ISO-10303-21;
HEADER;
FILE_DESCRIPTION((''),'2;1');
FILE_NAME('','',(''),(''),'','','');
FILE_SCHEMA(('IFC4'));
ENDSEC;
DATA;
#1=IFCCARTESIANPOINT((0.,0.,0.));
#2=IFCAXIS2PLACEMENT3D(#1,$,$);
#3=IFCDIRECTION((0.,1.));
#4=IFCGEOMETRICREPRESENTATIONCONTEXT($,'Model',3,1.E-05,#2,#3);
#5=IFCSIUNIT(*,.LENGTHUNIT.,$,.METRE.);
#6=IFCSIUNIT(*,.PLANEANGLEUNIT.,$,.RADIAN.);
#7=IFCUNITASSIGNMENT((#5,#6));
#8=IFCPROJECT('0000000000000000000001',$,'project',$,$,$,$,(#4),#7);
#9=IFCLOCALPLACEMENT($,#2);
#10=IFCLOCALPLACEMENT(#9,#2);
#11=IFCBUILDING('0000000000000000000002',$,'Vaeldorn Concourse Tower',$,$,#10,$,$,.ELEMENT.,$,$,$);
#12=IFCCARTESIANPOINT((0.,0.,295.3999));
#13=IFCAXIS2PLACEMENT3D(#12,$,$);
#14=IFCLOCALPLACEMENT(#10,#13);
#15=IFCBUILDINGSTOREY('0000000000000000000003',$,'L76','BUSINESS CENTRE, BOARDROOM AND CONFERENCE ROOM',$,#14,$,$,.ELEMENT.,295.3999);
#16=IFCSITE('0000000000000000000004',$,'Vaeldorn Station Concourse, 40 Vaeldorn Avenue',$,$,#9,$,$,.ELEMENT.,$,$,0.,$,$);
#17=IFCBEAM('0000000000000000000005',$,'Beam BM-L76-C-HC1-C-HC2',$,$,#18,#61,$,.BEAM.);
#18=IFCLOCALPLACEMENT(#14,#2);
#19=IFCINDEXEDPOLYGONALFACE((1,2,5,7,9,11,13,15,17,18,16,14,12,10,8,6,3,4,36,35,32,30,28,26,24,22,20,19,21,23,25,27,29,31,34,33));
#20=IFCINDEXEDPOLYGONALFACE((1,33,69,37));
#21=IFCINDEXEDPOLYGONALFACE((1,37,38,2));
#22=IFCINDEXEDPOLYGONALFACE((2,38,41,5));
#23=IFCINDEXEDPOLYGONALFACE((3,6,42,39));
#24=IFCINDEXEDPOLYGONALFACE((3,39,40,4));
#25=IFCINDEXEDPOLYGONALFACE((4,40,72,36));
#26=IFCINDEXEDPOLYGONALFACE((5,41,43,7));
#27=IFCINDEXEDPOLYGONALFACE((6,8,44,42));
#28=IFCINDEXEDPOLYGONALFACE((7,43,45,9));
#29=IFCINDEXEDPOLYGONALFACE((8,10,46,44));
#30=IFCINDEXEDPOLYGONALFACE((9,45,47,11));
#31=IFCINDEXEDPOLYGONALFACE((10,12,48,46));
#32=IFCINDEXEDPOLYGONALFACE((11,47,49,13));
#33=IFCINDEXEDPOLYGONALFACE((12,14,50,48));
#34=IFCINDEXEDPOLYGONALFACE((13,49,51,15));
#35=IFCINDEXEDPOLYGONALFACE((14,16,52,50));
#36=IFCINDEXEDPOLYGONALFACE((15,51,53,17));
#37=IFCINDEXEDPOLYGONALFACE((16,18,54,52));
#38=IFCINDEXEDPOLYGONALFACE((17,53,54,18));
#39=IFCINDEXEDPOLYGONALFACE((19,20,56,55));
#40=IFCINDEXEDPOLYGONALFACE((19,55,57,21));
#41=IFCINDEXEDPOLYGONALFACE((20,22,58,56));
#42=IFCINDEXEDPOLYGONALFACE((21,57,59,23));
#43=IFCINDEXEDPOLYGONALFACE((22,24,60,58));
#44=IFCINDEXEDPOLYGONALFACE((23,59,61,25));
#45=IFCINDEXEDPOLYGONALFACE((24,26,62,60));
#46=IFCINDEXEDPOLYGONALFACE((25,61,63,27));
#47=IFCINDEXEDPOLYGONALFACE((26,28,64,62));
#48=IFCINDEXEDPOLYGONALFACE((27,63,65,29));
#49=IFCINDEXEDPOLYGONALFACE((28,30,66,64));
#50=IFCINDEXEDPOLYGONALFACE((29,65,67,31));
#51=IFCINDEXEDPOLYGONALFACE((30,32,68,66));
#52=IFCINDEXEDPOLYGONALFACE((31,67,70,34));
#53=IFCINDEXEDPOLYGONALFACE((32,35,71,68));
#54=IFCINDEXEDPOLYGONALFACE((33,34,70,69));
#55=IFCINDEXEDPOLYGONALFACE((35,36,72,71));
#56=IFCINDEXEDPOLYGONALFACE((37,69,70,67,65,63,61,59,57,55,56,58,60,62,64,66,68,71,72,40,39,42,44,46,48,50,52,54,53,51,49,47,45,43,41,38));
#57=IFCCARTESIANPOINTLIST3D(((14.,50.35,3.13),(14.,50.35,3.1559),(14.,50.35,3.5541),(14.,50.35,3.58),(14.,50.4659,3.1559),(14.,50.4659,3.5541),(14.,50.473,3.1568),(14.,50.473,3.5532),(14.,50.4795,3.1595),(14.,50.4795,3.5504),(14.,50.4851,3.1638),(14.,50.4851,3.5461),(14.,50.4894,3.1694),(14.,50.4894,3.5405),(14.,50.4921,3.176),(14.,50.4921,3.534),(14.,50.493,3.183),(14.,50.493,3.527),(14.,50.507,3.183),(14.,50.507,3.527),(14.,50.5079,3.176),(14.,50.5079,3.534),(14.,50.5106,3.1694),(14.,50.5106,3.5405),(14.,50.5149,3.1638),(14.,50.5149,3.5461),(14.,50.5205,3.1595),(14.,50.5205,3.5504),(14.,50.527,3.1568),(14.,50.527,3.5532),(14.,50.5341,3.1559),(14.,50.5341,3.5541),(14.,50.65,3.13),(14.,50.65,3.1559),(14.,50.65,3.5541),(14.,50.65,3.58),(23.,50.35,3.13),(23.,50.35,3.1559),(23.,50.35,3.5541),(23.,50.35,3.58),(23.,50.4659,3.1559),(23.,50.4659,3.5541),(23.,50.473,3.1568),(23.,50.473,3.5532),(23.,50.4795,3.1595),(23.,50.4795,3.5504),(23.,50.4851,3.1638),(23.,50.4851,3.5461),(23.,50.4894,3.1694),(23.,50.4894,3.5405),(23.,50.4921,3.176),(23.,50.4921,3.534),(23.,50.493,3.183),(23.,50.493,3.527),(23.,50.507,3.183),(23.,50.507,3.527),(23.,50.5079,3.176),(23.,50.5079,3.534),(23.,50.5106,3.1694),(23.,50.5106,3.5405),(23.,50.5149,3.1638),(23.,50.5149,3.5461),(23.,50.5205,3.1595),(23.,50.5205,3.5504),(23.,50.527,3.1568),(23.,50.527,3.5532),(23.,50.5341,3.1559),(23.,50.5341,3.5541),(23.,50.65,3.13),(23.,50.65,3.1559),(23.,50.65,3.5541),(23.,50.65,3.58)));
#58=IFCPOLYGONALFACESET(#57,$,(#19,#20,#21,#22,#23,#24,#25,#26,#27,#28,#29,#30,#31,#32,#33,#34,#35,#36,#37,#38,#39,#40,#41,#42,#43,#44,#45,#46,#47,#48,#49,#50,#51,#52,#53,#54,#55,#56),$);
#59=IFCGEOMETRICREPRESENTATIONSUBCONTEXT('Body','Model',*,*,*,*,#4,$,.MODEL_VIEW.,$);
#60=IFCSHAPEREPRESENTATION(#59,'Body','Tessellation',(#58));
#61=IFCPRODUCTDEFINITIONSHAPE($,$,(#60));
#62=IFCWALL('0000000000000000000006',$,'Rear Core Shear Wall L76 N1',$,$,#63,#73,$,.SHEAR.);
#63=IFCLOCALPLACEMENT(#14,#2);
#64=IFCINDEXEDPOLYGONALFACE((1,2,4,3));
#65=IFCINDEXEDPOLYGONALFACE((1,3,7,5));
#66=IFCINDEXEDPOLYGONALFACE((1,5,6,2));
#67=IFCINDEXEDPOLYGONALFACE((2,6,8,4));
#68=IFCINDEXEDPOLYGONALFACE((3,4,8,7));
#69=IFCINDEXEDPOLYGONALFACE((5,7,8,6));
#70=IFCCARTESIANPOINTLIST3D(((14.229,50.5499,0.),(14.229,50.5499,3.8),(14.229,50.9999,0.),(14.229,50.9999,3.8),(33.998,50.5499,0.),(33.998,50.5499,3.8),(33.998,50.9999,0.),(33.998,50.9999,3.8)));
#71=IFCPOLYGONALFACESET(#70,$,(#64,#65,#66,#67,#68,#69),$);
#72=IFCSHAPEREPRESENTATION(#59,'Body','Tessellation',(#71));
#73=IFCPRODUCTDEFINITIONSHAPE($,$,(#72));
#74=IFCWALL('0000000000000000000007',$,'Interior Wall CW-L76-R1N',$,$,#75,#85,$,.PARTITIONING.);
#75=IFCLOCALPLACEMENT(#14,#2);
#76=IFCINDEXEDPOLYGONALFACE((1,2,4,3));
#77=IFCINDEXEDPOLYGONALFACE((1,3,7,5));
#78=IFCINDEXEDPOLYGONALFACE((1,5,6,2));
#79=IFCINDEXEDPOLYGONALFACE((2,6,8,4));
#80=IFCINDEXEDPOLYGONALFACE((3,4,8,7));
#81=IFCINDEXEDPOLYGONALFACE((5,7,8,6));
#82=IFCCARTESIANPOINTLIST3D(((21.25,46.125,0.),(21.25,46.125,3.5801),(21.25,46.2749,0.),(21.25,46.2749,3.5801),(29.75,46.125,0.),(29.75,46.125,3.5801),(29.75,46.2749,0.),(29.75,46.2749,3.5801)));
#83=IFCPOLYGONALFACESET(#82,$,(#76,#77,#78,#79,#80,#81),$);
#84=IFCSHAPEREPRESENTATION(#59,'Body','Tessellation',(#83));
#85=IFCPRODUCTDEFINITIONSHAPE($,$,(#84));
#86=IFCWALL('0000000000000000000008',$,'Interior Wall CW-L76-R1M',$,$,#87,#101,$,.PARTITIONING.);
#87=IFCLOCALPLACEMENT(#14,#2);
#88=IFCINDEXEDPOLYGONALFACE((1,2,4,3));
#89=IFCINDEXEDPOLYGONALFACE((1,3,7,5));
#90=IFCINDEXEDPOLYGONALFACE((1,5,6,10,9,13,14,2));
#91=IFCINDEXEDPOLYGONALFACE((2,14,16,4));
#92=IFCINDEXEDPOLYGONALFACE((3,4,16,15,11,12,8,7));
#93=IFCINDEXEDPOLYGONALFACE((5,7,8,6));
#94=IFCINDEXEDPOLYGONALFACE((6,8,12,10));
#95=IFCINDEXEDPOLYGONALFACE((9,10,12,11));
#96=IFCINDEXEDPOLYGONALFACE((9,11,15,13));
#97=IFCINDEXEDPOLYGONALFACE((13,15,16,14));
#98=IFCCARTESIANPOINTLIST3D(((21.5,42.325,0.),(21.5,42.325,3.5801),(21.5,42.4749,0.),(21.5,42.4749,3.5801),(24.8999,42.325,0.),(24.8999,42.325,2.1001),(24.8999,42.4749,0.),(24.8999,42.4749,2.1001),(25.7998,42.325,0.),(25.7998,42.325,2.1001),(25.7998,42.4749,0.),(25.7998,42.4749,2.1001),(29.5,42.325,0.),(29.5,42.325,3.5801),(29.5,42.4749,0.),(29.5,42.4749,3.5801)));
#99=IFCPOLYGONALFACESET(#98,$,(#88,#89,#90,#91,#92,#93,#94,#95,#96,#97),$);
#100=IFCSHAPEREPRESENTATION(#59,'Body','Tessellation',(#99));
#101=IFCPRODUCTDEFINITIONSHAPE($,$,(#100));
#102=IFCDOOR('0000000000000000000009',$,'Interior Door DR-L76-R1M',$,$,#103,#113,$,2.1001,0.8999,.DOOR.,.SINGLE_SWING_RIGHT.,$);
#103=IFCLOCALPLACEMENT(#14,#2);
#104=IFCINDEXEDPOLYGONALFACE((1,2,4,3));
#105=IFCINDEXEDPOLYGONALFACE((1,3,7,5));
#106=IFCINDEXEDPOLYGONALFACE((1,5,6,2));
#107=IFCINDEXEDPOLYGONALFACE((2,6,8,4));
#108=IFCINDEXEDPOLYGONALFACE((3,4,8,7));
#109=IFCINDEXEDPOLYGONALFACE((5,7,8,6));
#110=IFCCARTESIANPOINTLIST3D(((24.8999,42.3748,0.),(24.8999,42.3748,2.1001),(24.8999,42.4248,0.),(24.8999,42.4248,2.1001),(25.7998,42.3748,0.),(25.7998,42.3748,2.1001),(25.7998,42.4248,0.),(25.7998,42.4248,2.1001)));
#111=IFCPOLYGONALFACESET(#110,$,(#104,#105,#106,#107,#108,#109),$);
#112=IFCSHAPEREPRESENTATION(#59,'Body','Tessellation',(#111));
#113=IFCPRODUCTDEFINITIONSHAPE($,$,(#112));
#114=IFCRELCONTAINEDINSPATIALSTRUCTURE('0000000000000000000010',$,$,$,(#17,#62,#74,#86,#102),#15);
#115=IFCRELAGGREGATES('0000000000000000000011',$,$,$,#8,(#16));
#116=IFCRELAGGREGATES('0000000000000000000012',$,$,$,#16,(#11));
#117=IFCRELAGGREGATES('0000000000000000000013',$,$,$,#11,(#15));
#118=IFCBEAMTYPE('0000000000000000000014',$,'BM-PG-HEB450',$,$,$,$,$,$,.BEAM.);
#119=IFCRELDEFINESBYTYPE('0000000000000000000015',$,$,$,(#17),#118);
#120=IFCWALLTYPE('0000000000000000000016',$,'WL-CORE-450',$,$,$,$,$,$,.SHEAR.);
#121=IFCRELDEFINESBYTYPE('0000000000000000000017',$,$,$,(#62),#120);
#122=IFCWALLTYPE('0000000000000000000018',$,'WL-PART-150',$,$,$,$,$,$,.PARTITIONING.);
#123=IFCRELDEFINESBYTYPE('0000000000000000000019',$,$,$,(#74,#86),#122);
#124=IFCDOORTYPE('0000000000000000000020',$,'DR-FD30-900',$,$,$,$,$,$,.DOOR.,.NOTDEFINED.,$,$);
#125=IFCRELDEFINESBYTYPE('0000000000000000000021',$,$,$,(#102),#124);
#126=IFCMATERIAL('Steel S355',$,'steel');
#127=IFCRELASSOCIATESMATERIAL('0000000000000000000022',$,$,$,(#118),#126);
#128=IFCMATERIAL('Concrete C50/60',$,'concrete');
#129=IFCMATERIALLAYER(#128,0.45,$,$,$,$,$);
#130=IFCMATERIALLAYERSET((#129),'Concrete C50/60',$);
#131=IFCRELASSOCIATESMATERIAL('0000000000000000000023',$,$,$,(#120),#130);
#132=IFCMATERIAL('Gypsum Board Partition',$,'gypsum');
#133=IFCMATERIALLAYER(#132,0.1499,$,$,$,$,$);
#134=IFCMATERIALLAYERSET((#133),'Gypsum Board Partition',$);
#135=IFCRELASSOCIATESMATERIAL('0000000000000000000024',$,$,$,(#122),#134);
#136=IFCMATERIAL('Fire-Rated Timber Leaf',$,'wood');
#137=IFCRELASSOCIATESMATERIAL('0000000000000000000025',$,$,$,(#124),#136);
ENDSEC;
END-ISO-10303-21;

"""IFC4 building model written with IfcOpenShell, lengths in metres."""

from ifc_helpers import new_model, si_unit, direction, frame, frame_2d, origin, origin_2d, place, context, subcontext, project, spatial, rectangle, i_section, extrude, source, transform, mapped, material, layer, layer_set, material_profile, profile_set, type_object, element, fill, save


model = new_model("IFC4")

# Units and contexts
model_context = context("Model", 3, precision=1e-05, world=origin(), true_north=direction((0.0, 1.0)))
body_context = subcontext(model_context, "Body", "Model", "MODEL_VIEW")
ifc_project = project(units=[si_unit("LENGTHUNIT", "METRE"), si_unit("PLANEANGLEUNIT", "RADIAN")], contexts=[model_context])

# Site, building, storey
site_placement = place(None, origin())
site = spatial("IfcSite", under=ifc_project, at=site_placement, Name="Vaeldorn Station Concourse, 40 Vaeldorn Avenue", CompositionType="ELEMENT", RefElevation=0.0)
building_placement = place(site_placement, origin())
building = spatial("IfcBuilding", under=site, at=building_placement, Name="Vaeldorn Concourse Tower", CompositionType="ELEMENT")
storey_placement = place(building_placement, frame((0.0, 0.0, 295.3999)))
storey = spatial("IfcBuildingStorey", under=building, at=storey_placement, Name="L76", Description="BUSINESS CENTRE, BOARDROOM AND CONFERENCE ROOM", CompositionType="ELEMENT", Elevation=295.3999)

# Shared definitions
ifc_material_1 = material(Name="Steel S355", Category="steel")

# Beam
ifc_material_profile_1 = material_profile(ifc_material_1, i_section(OverallWidth=0.3, OverallDepth=0.45, WebThickness=0.0139, FlangeThickness=0.0259, FilletRadius=0.0271, at=origin_2d()), Name="HEB 450")
ifc_profile_set_1 = profile_set([ifc_material_profile_1], Name="Steel S355")
beam_type_1 = type_object("IfcBeamType", Name="BM-PG-HEB450", PredefinedType="BEAM", material=ifc_profile_set_1)
shared_shape_1 = source(origin(), body_context, "Body", "SweptSolid", [
    extrude(i_section(OverallWidth=0.3, OverallDepth=0.45, WebThickness=0.0139, FlangeThickness=0.0259, FilletRadius=0.0271, at=origin_2d()), origin(), (0.0, 0.0, 1.0), 9.0),
])
beam_1_placement = place(storey_placement, frame((14.0, 50.5, 3.355), z_axis=(1.0, 0.0, 0.0), x_axis=(0.0, 1.0, 0.0)))
element("IfcBeam", 1, at=beam_1_placement, inside=storey, type_object=beam_type_1, Name="Beam BM-L76-C-HC1-C-HC2", PredefinedType="BEAM", context=body_context, shape_type="MappedRepresentation", body=[
    mapped(shared_shape_1, transform((0.0, 0.0, 0.0), scale=1.0)),
])

# Walls
ifc_material_2 = material(Name="Concrete C50/60", Category="concrete")
ifc_layer_1 = layer(ifc_material_2, 0.45)
ifc_layer_set_1 = layer_set([ifc_layer_1], Name="Concrete C50/60")
wall_type_1 = type_object("IfcWallType", Name="WL-CORE-450", PredefinedType="SHEAR", material=ifc_layer_set_1)
wall_1_placement = place(storey_placement, frame((14.229, 50.7749, 0.0), z_axis=(0.0, 0.0, 1.0), x_axis=(1.0, 0.0, 0.0)))
element("IfcWall", 2, at=wall_1_placement, inside=storey, type_object=wall_type_1, Name="Rear Core Shear Wall L76 N1", PredefinedType="SHEAR", context=body_context, shape_type="SweptSolid", body=[
    extrude(rectangle(XDim=19.769, YDim=0.45, at=frame_2d((9.8845, 0.0))), origin(), (0.0, 0.0, 1.0), 3.8),
])
ifc_material_3 = material(Name="Gypsum Board Partition", Category="gypsum")
ifc_layer_2 = layer(ifc_material_3, 0.1499)
ifc_layer_set_2 = layer_set([ifc_layer_2], Name="Gypsum Board Partition")
wall_type_2 = type_object("IfcWallType", Name="WL-PART-150", PredefinedType="PARTITIONING", material=ifc_layer_set_2)
wall_2_placement = place(storey_placement, frame((21.25, 46.2, 0.0), z_axis=(0.0, 0.0, 1.0), x_axis=(1.0, 0.0, 0.0)))
element("IfcWall", 3, at=wall_2_placement, inside=storey, type_object=wall_type_2, Name="Interior Wall CW-L76-R1N", PredefinedType="PARTITIONING", context=body_context, shape_type="SweptSolid", body=[
    extrude(rectangle(XDim=8.5, YDim=0.1499, at=frame_2d((4.25, 0.0))), origin(), (0.0, 0.0, 1.0), 3.5801),
])

# Wall, opening, door
wall_3_placement = place(storey_placement, frame((21.5, 42.3999, 0.0), z_axis=(0.0, 0.0, 1.0), x_axis=(1.0, 0.0, 0.0)))
wall_3 = element("IfcWall", 4, at=wall_3_placement, inside=storey, type_object=wall_type_2, Name="Interior Wall CW-L76-R1M", PredefinedType="PARTITIONING", context=body_context, shape_type="SweptSolid", body=[
    extrude(rectangle(XDim=8.0, YDim=0.1499, at=frame_2d((4.0, 0.0))), origin(), (0.0, 0.0, 1.0), 3.5801),
])
opening_1_placement = place(wall_3_placement, frame((3.3999, 0.0, 0.0)))
opening_1 = element("IfcOpeningElement", 5, at=opening_1_placement, cuts=wall_3, PredefinedType="OPENING", context=body_context, shape_type="SweptSolid", body=[
    extrude(rectangle(XDim=0.8999, YDim=2.1001, at=frame_2d((0.45, 1.05))), frame((0.0, 0.085, 0.0), z_axis=(0.0, -1.0, 0.0), x_axis=(1.0, 0.0, 0.0)), (0.0, 0.0, 1.0), 0.1699),
])
ifc_material_4 = material(Name="Fire-Rated Timber Leaf", Category="wood")
door_type_1 = type_object("IfcDoorType", Name="DR-FD30-900", OperationType="NOTDEFINED", PredefinedType="DOOR", material=ifc_material_4)
shared_shape_2 = source(origin(), body_context, "Body", "SweptSolid", [
    extrude(rectangle(XDim=0.8999, YDim=2.1001, at=frame_2d((0.45, 1.05))), frame((0.0, 0.0249, 0.0), z_axis=(0.0, -1.0, 0.0), x_axis=(1.0, 0.0, 0.0)), (0.0, 0.0, 1.0), 0.05),
])
door_1_placement = place(opening_1_placement, origin())
door_1 = element("IfcDoor", 6, at=door_1_placement, inside=storey, type_object=door_type_1, Name="Interior Door DR-L76-R1M", OperationType="SINGLE_SWING_RIGHT", OverallHeight=2.1001, OverallWidth=0.8999, PredefinedType="DOOR", context=body_context, shape_type="MappedRepresentation", body=[
    mapped(shared_shape_2, transform((0.0, 0.0, 0.0), scale=1.0)),
])
fill(opening_1, door_1)

save(model, "model.ifc")
